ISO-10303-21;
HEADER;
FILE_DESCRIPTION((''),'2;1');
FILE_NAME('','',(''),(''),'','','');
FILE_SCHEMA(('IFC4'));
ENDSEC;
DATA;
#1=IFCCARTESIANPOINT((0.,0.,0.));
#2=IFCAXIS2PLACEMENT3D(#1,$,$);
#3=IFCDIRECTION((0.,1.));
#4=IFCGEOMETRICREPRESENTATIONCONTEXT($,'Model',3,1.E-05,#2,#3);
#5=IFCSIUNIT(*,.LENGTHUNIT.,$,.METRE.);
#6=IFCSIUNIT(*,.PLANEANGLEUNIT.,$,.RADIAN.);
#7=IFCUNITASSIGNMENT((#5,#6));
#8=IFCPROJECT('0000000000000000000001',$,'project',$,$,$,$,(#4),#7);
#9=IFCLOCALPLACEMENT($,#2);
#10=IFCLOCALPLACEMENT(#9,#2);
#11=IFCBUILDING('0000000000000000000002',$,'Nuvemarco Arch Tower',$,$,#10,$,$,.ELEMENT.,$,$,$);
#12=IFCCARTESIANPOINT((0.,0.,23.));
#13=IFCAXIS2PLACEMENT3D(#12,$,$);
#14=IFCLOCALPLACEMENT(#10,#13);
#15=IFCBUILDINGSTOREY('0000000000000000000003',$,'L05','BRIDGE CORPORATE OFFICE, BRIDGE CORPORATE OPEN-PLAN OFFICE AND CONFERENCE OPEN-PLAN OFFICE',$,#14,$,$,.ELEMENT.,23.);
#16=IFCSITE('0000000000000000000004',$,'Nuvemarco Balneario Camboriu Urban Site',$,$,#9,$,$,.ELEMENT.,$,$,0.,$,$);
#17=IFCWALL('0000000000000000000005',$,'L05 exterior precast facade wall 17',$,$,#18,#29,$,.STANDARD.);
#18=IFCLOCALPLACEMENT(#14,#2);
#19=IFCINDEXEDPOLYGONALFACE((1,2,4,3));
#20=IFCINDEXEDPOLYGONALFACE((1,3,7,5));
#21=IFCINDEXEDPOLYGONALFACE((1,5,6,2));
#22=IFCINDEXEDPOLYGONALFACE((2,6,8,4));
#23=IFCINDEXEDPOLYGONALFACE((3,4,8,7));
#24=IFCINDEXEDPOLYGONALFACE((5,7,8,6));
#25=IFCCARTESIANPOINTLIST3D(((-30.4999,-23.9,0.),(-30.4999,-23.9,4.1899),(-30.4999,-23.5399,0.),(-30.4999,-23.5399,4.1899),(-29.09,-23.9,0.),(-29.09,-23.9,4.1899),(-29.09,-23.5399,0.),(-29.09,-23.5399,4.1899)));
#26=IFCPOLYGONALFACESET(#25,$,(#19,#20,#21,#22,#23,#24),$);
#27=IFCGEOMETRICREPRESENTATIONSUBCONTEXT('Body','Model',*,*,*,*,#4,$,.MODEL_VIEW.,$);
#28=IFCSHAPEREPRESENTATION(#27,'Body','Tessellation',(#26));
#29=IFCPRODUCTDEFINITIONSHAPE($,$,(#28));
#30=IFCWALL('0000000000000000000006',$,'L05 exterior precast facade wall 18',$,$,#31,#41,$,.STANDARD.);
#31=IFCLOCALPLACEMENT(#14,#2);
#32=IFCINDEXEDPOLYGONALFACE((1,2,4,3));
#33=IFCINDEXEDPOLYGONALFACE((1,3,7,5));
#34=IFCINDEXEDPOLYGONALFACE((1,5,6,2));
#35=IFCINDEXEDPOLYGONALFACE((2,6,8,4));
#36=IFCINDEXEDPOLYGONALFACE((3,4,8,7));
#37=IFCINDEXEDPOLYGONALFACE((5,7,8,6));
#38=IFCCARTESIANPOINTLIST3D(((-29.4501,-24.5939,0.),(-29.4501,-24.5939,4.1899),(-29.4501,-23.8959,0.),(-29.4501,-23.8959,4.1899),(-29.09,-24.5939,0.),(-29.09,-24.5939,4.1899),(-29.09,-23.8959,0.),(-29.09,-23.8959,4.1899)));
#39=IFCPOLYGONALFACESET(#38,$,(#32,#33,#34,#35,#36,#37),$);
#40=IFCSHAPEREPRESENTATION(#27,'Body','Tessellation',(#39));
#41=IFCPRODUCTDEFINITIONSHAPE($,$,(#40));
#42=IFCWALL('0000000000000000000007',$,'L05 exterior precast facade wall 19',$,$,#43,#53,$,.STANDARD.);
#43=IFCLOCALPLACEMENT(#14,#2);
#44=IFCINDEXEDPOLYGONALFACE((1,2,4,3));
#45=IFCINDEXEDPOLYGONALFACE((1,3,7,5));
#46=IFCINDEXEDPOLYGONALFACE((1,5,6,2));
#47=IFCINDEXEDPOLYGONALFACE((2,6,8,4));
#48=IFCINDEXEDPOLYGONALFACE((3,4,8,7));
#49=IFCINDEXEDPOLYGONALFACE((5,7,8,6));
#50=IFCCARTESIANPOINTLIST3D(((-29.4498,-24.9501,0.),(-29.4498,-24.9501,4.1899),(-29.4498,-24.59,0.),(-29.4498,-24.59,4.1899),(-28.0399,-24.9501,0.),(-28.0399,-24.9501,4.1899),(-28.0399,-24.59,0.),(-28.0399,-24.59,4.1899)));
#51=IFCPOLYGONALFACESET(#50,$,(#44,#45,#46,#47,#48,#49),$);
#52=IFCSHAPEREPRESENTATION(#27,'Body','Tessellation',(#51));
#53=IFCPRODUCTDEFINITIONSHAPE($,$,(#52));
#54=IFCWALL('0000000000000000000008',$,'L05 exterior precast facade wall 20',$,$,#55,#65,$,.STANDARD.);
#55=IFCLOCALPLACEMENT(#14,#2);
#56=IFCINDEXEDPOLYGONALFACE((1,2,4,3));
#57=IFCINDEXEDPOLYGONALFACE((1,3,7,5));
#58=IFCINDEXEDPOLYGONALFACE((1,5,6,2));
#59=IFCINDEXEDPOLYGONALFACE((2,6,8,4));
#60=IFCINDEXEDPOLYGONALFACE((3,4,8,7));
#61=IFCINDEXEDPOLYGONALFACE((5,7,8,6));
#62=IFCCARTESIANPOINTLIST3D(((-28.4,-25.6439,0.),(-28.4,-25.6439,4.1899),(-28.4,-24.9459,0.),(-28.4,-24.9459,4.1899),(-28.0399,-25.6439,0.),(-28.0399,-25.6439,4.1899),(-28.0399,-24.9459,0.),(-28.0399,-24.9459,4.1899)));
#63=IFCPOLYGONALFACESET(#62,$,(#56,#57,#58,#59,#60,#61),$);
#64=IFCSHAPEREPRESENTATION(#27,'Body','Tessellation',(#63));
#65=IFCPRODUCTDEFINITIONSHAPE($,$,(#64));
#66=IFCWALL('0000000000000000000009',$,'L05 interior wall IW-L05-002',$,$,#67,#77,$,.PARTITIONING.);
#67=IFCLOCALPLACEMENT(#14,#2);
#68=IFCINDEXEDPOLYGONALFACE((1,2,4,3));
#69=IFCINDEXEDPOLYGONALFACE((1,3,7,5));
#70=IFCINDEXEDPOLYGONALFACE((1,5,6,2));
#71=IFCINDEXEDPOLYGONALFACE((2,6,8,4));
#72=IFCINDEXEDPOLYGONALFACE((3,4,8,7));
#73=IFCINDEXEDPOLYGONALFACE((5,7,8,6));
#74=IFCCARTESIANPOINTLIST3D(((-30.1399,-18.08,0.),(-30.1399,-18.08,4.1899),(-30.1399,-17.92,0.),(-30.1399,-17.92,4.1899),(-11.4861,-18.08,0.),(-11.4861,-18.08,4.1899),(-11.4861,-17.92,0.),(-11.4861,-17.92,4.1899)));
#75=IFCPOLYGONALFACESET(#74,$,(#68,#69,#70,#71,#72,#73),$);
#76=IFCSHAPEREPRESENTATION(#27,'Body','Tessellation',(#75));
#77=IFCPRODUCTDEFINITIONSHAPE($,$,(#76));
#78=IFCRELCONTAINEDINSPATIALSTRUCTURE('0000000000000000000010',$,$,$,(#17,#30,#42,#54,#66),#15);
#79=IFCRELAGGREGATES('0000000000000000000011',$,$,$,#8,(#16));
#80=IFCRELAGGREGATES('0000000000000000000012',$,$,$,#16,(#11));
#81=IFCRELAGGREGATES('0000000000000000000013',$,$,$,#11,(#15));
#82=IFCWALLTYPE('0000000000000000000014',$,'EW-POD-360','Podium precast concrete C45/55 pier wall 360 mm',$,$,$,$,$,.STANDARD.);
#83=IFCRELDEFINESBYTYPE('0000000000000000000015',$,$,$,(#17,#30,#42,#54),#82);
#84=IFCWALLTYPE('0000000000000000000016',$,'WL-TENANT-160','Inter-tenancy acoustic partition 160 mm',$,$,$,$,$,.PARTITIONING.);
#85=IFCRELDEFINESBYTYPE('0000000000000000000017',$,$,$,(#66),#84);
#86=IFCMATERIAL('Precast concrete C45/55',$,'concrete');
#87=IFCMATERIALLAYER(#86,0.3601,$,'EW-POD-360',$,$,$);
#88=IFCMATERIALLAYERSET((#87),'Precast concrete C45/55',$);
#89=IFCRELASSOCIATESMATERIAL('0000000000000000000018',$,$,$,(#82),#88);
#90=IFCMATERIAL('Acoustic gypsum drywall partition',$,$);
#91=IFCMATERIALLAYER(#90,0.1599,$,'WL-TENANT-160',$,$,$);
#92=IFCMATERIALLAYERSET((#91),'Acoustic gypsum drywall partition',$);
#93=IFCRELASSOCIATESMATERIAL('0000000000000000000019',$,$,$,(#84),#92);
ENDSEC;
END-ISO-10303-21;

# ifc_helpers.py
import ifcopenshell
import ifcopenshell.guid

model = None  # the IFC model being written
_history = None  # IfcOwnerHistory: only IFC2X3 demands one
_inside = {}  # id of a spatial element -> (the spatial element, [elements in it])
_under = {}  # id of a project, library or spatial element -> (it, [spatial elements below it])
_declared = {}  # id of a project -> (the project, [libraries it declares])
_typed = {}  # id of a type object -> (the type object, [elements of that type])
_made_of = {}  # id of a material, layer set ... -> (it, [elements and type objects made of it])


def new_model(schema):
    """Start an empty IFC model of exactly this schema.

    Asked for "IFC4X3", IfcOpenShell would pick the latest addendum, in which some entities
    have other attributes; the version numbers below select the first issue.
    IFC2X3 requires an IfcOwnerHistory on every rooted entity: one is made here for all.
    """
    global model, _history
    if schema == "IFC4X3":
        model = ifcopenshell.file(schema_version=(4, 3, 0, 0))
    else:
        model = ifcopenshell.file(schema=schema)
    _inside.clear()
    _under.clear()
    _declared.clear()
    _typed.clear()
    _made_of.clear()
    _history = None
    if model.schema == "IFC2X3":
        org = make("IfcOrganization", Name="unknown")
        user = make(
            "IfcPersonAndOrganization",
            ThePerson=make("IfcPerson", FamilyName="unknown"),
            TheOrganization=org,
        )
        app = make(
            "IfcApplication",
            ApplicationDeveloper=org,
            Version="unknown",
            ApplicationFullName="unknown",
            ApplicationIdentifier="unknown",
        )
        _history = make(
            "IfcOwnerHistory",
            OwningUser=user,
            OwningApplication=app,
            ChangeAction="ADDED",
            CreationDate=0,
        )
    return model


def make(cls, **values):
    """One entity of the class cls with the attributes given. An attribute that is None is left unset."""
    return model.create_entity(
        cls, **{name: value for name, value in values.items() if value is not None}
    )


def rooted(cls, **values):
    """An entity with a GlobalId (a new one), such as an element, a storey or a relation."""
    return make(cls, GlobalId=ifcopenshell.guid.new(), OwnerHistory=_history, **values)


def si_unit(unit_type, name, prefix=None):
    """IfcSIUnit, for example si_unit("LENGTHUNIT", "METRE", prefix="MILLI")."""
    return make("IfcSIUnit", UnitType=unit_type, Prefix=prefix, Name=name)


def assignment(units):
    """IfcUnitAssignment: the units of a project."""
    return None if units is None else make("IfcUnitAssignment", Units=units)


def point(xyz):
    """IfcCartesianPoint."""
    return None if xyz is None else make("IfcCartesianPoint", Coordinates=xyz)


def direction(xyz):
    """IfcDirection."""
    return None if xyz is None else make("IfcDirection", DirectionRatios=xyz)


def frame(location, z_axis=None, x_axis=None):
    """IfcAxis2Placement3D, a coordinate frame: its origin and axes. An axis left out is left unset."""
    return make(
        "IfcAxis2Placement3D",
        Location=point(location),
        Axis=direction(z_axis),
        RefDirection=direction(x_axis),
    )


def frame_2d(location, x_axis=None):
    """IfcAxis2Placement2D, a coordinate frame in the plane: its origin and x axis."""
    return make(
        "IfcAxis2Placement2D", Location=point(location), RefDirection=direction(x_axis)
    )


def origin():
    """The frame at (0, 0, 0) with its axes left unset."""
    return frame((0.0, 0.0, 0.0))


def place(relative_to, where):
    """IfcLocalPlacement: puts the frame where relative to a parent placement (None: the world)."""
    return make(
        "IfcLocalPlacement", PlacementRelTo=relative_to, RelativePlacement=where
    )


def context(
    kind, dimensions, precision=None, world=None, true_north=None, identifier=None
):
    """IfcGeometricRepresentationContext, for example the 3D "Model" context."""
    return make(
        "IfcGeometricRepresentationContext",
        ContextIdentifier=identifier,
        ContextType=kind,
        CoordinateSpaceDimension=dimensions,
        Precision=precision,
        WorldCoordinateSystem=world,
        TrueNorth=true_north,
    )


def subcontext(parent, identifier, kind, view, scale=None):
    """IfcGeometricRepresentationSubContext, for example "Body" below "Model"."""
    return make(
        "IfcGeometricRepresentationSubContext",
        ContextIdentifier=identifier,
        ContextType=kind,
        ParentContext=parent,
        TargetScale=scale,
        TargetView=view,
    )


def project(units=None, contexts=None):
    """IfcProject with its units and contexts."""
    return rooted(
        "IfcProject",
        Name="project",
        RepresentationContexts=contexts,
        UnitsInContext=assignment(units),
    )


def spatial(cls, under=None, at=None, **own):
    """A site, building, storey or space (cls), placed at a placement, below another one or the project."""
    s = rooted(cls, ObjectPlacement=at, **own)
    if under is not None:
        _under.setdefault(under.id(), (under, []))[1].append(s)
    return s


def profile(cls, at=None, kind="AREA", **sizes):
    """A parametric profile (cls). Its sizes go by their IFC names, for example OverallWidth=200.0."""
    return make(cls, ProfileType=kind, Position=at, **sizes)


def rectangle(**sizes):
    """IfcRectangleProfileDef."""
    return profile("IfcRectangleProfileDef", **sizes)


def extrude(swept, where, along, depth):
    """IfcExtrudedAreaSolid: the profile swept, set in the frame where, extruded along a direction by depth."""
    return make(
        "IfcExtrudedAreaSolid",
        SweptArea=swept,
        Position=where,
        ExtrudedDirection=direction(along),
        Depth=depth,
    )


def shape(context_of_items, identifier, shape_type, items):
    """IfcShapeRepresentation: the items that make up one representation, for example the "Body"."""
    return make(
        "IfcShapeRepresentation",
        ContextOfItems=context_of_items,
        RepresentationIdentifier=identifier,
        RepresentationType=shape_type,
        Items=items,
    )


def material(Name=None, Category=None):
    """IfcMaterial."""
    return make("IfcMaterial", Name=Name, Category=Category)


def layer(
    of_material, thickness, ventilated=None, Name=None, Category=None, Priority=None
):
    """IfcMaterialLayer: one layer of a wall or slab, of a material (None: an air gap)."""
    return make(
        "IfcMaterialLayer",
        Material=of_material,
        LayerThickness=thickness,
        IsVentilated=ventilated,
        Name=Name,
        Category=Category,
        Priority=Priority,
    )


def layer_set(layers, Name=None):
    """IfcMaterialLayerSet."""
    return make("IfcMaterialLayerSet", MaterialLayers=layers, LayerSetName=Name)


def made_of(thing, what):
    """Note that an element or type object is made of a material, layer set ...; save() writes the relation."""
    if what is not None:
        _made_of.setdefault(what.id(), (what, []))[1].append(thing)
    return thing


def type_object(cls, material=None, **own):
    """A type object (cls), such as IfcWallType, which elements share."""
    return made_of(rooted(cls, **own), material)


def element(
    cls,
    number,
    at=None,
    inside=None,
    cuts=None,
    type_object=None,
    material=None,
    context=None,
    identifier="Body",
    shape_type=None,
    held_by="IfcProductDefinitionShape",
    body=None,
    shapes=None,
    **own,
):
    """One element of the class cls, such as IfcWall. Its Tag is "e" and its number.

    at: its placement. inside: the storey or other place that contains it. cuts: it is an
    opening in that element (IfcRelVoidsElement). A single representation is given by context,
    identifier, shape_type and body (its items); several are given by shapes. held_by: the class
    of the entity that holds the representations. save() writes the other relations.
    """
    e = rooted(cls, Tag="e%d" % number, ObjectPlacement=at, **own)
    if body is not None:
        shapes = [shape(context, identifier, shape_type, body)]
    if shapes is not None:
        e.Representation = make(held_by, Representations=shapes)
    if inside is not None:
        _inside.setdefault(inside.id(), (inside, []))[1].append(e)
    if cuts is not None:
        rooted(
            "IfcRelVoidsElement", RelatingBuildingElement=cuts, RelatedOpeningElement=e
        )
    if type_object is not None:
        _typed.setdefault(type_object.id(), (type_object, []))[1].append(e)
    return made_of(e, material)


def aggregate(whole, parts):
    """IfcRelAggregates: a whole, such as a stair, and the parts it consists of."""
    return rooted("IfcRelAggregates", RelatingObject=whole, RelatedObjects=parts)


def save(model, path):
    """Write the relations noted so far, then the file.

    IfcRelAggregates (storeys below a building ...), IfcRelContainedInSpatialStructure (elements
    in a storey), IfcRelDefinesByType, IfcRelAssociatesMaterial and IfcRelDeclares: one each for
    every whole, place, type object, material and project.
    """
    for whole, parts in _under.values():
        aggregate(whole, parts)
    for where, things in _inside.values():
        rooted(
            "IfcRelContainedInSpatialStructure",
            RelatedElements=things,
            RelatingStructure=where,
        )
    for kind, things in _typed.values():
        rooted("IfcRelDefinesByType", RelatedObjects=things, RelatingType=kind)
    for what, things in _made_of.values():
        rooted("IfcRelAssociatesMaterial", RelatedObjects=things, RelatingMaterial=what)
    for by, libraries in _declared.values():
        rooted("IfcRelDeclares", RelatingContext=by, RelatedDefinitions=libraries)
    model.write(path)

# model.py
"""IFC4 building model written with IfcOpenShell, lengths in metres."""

from ifc_helpers import new_model, si_unit, direction, frame, frame_2d, origin, place, context, subcontext, project, spatial, rectangle, extrude, material, layer, layer_set, type_object, element, save


model = new_model("IFC4")

# Units and contexts
model_context = context("Model", 3, precision=1e-05, world=origin(), true_north=direction((0.0, 1.0)))
body_context = subcontext(model_context, "Body", "Model", "MODEL_VIEW")
ifc_project = project(units=[si_unit("LENGTHUNIT", "METRE"), si_unit("PLANEANGLEUNIT", "RADIAN")], contexts=[model_context])

# Site, building, storey
site_placement = place(None, origin())
site = spatial("IfcSite", under=ifc_project, at=site_placement, Name="Nuvemarco Balneario Camboriu Urban Site", CompositionType="ELEMENT", RefElevation=0.0)
building_placement = place(site_placement, origin())
building = spatial("IfcBuilding", under=site, at=building_placement, Name="Nuvemarco Arch Tower", CompositionType="ELEMENT")
storey_placement = place(building_placement, frame((0.0, 0.0, 23.0)))
storey = spatial("IfcBuildingStorey", under=building, at=storey_placement, Name="L05", Description="BRIDGE CORPORATE OFFICE, BRIDGE CORPORATE OPEN-PLAN OFFICE AND CONFERENCE OPEN-PLAN OFFICE", CompositionType="ELEMENT", Elevation=23.0)

# Shared definitions
ifc_material_1 = material(Name="Precast concrete C45/55", Category="concrete")

# Shared definitions
ifc_layer_1 = layer(ifc_material_1, 0.3601, Name="EW-POD-360")
ifc_layer_set_1 = layer_set([ifc_layer_1], Name="Precast concrete C45/55")
wall_type_1 = type_object("IfcWallType", Name="EW-POD-360", Description="Podium precast concrete C45/55 pier wall 360 mm", PredefinedType="STANDARD", material=ifc_layer_set_1)

# Walls
wall_1_placement = place(storey_placement, frame((-30.5, -23.72, 0.0), z_axis=(0.0, 0.0, 1.0), x_axis=(1.0, 0.0, 0.0)))
element("IfcWall", 1, at=wall_1_placement, inside=storey, type_object=wall_type_1, Name="L05 exterior precast facade wall 17", PredefinedType="STANDARD", context=body_context, shape_type="SweptSolid", body=[
    extrude(rectangle(XDim=1.4099, YDim=0.3601, at=frame_2d((0.7051, 0.0))), origin(), (0.0, 0.0, 1.0), 4.1899),
])
wall_2_placement = place(storey_placement, frame((-29.27, -24.594, 0.0), z_axis=(0.0, 0.0, 1.0), x_axis=(0.0, 1.0, 0.0)))
element("IfcWall", 2, at=wall_2_placement, inside=storey, type_object=wall_type_1, Name="L05 exterior precast facade wall 18", PredefinedType="STANDARD", context=body_context, shape_type="SweptSolid", body=[
    extrude(rectangle(XDim=0.698, YDim=0.3601, at=frame_2d((0.3491, 0.0))), origin(), (0.0, 0.0, 1.0), 4.1899),
])
wall_3_placement = place(storey_placement, frame((-29.45, -24.77, 0.0), z_axis=(0.0, 0.0, 1.0), x_axis=(1.0, 0.0, 0.0)))
element("IfcWall", 3, at=wall_3_placement, inside=storey, type_object=wall_type_1, Name="L05 exterior precast facade wall 19", PredefinedType="STANDARD", context=body_context, shape_type="SweptSolid", body=[
    extrude(rectangle(XDim=1.4099, YDim=0.3601, at=frame_2d((0.7051, 0.0))), origin(), (0.0, 0.0, 1.0), 4.1899),
])
wall_4_placement = place(storey_placement, frame((-28.22, -25.644, 0.0), z_axis=(0.0, 0.0, 1.0), x_axis=(0.0, 1.0, 0.0)))
element("IfcWall", 4, at=wall_4_placement, inside=storey, type_object=wall_type_1, Name="L05 exterior precast facade wall 20", PredefinedType="STANDARD", context=body_context, shape_type="SweptSolid", body=[
    extrude(rectangle(XDim=0.698, YDim=0.3601, at=frame_2d((0.3491, 0.0))), origin(), (0.0, 0.0, 1.0), 4.1899),
])
ifc_material_2 = material(Name="Acoustic gypsum drywall partition")
ifc_layer_2 = layer(ifc_material_2, 0.1599, Name="WL-TENANT-160")
ifc_layer_set_2 = layer_set([ifc_layer_2], Name="Acoustic gypsum drywall partition")
wall_type_2 = type_object("IfcWallType", Name="WL-TENANT-160", Description="Inter-tenancy acoustic partition 160 mm", PredefinedType="PARTITIONING", material=ifc_layer_set_2)
wall_5_placement = place(storey_placement, frame((-30.1399, -18.0, 0.0), z_axis=(0.0, 0.0, 1.0), x_axis=(1.0, 0.0, 0.0)))
element("IfcWall", 5, at=wall_5_placement, inside=storey, type_object=wall_type_2, Name="L05 interior wall IW-L05-002", PredefinedType="PARTITIONING", context=body_context, shape_type="SweptSolid", body=[
    extrude(rectangle(XDim=18.6538, YDim=0.1599, at=frame_2d((9.3269, 0.0))), origin(), (0.0, 0.0, 1.0), 4.1899),
])

save(model, "model.ifc")
